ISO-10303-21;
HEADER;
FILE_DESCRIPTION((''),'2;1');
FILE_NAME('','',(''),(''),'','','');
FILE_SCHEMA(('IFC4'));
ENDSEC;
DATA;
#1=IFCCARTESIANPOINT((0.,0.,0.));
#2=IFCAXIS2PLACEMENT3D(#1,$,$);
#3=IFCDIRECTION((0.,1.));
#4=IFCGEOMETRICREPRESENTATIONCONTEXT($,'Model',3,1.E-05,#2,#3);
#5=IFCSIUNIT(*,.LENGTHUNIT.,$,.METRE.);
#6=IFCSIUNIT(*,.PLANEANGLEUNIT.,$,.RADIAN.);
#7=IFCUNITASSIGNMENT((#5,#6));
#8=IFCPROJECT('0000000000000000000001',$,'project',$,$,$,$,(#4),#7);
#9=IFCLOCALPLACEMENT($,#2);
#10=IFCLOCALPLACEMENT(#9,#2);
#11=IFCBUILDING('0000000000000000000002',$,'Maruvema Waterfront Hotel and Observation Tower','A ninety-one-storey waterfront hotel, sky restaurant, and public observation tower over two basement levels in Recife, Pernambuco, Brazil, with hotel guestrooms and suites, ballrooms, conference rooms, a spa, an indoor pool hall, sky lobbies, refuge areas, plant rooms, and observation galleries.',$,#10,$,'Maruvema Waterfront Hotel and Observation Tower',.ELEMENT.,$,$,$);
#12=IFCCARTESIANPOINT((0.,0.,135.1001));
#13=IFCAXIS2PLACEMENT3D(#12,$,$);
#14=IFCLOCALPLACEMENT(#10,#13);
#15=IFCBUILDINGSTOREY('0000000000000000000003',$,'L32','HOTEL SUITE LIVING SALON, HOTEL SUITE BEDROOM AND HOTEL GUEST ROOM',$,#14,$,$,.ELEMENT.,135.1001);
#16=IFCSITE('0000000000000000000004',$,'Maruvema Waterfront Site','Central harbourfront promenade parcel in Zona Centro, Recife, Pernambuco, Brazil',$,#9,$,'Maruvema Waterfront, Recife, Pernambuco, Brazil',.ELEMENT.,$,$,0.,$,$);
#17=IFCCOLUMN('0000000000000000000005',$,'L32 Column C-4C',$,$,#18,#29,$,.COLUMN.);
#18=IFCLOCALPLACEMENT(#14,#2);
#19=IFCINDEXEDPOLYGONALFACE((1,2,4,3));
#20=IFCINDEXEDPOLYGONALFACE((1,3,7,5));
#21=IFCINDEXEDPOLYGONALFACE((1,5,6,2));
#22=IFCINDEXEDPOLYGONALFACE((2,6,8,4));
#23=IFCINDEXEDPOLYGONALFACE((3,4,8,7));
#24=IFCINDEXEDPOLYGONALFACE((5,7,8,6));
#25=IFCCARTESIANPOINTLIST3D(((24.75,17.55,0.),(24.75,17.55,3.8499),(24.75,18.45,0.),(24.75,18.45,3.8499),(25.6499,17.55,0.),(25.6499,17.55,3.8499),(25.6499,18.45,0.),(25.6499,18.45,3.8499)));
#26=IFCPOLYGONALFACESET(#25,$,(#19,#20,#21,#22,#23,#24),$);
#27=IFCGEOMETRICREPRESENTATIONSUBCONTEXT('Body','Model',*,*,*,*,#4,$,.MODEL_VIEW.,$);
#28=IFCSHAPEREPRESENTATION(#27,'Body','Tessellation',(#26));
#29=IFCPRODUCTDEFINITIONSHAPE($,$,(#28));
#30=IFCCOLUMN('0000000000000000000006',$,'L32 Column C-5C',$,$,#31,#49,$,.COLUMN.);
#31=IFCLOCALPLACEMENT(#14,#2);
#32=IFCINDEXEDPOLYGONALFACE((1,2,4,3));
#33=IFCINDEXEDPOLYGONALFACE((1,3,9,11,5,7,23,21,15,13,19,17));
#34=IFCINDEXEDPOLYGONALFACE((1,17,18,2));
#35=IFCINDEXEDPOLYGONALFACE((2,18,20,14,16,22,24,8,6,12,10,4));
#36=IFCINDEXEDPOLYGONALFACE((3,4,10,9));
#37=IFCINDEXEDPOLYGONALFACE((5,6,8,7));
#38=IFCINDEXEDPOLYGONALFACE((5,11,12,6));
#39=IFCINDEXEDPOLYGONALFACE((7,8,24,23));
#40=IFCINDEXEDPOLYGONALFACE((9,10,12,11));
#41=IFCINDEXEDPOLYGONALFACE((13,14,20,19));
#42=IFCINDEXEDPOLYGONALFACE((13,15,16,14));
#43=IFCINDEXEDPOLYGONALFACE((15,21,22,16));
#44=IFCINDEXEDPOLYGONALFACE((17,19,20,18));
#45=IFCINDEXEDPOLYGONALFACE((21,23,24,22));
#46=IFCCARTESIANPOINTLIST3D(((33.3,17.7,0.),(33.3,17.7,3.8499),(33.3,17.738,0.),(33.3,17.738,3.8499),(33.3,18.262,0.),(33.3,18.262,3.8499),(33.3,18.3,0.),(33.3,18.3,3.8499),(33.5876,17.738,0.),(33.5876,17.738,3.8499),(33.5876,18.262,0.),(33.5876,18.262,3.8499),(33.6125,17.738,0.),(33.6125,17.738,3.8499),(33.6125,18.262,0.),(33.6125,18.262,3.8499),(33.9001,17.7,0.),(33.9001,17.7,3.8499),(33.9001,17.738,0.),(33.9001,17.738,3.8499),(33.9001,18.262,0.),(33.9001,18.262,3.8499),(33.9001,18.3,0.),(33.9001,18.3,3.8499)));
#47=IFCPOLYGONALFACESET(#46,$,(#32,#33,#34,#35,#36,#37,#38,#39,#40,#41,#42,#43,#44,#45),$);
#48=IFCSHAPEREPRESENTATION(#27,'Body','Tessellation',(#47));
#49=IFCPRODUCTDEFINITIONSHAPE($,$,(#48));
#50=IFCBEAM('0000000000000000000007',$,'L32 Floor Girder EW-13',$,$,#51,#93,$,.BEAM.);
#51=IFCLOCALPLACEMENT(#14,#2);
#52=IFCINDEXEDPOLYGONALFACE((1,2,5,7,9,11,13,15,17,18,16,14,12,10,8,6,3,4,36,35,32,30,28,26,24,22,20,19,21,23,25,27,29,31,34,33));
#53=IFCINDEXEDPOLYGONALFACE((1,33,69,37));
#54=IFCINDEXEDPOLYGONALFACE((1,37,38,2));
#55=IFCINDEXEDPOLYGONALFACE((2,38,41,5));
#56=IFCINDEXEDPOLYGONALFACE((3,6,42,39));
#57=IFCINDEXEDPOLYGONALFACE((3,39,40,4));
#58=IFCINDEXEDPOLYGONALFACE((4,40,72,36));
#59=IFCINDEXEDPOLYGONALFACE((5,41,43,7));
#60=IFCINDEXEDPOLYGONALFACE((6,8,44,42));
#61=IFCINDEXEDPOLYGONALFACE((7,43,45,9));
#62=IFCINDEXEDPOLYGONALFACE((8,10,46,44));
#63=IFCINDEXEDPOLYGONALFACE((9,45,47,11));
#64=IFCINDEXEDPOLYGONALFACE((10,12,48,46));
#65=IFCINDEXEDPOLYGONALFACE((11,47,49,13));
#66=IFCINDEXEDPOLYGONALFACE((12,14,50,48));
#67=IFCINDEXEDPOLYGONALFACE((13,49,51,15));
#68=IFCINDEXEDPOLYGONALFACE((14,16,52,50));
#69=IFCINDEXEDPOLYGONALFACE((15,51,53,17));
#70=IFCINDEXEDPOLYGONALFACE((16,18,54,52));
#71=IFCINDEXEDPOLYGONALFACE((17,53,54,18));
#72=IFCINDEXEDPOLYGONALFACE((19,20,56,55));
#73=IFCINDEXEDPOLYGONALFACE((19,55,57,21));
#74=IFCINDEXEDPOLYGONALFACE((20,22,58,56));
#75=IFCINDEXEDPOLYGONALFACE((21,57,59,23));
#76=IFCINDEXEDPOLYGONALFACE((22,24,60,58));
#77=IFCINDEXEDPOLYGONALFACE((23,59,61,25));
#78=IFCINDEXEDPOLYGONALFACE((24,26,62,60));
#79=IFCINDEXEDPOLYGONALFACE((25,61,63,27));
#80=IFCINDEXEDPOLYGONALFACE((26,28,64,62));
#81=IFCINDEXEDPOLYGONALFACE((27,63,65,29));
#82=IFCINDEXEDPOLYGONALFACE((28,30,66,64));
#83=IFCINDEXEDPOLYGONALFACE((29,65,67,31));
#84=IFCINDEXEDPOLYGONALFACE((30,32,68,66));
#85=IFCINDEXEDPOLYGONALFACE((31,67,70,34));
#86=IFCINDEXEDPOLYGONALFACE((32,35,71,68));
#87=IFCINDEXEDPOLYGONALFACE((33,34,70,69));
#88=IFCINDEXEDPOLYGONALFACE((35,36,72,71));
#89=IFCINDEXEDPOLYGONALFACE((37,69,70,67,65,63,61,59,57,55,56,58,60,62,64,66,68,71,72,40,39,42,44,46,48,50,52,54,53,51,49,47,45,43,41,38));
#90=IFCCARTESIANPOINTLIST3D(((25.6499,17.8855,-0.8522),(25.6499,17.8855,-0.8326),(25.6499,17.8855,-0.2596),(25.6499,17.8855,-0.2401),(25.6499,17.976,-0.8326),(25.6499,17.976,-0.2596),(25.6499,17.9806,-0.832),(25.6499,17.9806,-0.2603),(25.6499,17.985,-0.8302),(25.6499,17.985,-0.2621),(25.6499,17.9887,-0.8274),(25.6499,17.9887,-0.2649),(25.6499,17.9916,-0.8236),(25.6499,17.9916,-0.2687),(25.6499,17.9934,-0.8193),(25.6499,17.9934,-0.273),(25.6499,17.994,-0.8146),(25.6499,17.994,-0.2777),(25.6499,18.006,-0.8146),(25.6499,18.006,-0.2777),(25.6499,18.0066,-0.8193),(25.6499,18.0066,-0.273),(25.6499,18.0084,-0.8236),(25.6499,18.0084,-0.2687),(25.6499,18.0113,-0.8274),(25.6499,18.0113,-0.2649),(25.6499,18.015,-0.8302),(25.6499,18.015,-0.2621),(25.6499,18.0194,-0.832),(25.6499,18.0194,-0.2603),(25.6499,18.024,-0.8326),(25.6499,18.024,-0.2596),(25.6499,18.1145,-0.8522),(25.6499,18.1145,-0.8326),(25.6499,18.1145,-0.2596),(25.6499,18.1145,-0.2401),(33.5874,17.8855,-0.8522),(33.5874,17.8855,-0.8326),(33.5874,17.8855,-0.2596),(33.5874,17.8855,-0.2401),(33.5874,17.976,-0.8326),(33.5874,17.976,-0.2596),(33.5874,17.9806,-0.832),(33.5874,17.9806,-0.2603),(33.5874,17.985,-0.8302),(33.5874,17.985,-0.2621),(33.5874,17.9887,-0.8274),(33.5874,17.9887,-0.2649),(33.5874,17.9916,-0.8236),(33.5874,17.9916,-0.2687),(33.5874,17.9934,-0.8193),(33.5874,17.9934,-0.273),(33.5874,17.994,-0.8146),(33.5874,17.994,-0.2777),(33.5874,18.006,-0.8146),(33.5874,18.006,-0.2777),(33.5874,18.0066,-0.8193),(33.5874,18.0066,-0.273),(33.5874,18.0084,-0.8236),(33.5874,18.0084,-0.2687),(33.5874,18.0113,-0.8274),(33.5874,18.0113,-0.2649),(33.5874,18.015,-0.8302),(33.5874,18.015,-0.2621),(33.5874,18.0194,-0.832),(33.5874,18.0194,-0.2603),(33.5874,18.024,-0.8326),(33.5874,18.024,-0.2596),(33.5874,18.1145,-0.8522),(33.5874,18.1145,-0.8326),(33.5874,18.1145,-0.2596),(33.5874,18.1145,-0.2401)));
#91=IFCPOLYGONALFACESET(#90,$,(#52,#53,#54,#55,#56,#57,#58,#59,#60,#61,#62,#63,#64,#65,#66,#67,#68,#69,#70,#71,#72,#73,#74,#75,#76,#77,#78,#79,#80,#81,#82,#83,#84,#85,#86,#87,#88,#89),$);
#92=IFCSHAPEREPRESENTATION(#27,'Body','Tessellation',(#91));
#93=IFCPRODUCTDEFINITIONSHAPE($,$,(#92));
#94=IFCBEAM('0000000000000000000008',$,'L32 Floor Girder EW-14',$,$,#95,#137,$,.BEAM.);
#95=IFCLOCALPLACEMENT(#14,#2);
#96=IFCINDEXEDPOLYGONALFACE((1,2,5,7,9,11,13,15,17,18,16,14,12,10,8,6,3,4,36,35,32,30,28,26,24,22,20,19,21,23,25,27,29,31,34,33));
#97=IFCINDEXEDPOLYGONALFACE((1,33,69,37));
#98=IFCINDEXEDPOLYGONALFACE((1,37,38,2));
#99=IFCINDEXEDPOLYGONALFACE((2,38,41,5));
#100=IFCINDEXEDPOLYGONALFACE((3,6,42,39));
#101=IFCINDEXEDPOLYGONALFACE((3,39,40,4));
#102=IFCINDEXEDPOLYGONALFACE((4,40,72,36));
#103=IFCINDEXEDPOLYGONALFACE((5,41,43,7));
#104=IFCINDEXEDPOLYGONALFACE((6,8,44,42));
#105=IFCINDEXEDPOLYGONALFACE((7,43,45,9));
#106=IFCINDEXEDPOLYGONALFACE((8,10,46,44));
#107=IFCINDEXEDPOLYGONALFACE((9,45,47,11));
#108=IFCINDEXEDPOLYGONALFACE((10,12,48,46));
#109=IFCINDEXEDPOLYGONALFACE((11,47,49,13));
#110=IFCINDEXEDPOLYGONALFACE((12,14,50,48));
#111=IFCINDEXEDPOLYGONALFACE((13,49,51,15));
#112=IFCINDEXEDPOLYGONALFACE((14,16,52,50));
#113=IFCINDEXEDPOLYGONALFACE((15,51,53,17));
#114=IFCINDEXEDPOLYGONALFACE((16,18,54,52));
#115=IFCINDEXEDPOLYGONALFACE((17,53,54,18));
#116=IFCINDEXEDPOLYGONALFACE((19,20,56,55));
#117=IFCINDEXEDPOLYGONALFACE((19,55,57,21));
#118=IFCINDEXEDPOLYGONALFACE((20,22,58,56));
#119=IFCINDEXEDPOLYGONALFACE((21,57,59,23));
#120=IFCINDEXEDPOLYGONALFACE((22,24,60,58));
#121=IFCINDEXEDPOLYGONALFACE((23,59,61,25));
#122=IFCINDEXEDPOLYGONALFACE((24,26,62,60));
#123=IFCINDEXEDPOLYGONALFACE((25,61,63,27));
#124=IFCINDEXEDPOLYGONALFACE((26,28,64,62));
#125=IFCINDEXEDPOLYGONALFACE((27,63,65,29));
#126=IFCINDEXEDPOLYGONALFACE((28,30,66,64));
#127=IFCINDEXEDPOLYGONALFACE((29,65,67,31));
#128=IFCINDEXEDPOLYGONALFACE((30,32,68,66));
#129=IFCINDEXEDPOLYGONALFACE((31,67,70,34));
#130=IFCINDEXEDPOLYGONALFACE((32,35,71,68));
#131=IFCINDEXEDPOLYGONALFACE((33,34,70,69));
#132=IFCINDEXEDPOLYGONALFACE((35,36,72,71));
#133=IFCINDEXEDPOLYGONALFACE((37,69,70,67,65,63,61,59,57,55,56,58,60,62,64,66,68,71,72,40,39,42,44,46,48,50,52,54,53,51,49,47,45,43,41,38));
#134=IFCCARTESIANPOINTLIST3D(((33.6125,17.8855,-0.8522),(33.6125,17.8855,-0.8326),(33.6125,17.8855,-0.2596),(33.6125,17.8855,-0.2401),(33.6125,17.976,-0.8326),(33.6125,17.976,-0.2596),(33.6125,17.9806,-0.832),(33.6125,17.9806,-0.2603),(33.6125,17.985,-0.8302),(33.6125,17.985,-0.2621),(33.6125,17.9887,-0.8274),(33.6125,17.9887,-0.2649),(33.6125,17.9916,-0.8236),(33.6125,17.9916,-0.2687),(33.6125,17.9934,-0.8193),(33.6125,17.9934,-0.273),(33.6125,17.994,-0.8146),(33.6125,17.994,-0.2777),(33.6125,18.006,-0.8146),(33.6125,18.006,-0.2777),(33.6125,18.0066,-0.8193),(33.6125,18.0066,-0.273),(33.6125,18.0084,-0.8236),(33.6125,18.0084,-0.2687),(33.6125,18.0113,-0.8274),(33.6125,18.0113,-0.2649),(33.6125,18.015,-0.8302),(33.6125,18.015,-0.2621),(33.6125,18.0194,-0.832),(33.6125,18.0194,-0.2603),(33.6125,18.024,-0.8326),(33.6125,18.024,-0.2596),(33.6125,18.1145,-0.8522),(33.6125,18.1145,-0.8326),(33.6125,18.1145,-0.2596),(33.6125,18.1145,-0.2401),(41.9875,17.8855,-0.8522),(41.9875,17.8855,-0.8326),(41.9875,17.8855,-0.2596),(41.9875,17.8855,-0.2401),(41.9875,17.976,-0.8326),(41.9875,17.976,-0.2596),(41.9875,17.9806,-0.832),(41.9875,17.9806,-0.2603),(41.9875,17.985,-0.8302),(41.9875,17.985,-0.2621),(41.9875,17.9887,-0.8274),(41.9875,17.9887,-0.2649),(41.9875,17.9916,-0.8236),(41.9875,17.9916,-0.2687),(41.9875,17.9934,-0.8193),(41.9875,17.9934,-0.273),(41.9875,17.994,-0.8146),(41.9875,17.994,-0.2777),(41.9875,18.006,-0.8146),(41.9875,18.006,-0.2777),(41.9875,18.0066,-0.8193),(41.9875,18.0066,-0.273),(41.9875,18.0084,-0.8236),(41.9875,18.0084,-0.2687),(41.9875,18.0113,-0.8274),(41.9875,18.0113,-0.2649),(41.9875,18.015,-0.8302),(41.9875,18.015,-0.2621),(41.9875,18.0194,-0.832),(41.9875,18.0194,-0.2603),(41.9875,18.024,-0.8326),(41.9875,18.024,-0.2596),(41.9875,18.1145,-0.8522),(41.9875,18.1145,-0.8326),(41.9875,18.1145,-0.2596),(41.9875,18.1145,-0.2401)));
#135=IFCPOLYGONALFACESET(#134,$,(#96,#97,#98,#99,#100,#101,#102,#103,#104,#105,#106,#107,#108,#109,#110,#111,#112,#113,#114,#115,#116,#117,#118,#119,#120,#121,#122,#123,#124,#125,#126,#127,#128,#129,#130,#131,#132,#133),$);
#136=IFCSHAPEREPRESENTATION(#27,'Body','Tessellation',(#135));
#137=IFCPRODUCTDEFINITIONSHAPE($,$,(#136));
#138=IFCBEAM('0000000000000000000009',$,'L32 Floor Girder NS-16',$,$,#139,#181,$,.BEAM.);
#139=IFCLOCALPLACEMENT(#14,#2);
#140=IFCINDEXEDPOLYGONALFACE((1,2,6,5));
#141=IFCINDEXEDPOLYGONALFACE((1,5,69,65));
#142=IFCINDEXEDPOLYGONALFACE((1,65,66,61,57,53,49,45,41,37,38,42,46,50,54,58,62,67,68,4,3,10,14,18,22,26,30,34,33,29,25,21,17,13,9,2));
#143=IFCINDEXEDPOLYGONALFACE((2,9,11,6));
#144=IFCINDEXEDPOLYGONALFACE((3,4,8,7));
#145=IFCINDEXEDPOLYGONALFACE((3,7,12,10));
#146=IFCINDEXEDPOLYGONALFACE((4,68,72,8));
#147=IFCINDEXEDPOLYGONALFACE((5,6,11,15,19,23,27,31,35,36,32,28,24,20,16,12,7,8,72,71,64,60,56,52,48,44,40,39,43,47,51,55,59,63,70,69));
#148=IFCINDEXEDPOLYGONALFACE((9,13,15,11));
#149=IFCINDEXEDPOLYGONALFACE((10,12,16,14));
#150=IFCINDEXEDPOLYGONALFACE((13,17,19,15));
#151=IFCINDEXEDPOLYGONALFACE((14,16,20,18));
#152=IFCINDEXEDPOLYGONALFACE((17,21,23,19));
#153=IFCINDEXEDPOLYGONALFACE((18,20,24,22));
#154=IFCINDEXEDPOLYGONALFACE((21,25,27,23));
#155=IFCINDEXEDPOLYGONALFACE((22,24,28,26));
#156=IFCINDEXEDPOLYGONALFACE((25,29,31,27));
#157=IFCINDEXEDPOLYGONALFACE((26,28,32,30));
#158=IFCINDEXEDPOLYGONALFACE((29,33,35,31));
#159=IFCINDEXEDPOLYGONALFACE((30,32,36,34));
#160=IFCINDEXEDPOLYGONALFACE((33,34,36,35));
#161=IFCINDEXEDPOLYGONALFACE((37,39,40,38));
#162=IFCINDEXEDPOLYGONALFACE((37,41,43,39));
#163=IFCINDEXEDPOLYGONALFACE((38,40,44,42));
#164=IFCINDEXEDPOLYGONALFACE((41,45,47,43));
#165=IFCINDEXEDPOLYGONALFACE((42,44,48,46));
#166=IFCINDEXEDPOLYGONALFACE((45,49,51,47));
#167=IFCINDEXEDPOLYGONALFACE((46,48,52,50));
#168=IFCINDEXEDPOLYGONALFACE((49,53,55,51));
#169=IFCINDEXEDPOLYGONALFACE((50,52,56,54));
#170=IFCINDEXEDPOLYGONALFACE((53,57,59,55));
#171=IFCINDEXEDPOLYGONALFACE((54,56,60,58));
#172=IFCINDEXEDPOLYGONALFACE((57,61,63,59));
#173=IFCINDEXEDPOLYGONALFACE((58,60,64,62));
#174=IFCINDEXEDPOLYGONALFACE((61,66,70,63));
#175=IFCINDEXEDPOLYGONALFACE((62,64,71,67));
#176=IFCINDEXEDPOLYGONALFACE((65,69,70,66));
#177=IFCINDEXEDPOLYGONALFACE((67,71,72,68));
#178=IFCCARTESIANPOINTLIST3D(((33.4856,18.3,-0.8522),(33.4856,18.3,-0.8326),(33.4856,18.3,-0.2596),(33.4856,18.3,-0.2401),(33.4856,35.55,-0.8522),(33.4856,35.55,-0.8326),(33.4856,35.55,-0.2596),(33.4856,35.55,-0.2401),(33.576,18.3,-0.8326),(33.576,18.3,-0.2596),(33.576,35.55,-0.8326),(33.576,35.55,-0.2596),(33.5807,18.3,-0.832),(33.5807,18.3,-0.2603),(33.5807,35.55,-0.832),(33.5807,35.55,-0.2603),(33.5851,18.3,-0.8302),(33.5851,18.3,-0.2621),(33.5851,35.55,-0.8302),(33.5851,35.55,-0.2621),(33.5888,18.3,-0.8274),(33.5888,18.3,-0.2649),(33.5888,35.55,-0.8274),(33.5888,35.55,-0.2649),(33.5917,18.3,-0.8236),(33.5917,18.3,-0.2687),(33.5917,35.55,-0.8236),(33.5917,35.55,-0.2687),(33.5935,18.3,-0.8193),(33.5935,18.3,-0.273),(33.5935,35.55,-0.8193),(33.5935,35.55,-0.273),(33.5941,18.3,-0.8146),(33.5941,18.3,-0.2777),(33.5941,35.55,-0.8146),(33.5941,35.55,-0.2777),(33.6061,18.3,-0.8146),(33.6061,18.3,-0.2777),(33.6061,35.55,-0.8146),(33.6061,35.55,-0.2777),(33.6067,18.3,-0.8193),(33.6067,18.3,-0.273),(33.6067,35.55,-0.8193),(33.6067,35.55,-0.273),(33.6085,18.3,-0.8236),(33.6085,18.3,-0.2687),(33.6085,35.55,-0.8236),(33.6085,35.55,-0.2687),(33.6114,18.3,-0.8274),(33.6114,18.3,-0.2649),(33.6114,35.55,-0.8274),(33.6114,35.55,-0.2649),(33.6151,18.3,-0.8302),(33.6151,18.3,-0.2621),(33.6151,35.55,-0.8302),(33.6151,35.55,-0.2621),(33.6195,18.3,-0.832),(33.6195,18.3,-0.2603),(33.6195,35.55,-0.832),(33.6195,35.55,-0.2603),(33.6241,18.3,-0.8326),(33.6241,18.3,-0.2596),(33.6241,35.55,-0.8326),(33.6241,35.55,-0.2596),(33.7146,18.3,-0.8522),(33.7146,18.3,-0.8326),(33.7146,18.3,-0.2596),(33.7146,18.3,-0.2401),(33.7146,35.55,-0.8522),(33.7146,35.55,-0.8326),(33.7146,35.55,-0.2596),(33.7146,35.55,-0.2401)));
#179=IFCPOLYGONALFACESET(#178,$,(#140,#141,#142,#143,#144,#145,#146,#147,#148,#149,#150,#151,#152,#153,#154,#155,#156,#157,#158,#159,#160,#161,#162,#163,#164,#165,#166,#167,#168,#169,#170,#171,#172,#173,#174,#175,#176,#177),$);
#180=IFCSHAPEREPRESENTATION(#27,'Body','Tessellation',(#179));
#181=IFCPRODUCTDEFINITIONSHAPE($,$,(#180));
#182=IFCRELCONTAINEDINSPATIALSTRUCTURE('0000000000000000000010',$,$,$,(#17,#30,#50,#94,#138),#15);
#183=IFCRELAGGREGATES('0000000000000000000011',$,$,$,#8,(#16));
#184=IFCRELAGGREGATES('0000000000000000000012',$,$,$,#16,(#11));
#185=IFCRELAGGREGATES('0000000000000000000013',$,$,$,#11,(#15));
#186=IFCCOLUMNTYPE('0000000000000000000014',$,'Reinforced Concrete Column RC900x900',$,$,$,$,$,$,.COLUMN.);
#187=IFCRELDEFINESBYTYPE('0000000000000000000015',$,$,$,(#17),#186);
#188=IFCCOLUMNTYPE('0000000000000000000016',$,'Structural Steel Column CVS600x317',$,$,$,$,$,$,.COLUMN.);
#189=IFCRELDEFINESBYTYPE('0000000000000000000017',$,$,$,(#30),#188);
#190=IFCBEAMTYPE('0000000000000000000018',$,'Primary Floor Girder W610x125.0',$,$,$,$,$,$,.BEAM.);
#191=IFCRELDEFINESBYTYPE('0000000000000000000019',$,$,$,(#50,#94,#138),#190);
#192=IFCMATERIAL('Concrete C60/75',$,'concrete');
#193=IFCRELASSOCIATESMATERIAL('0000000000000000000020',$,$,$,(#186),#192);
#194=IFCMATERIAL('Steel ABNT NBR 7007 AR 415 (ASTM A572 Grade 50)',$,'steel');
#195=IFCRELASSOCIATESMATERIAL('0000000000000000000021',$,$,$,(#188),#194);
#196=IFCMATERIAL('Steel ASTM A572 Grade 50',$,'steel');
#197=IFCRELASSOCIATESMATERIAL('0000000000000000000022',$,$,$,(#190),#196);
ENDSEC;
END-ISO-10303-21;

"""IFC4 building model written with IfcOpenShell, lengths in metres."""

from ifc_helpers import new_model, si_unit, direction, frame, origin, origin_2d, place, context, subcontext, project, spatial, rectangle, i_section, extrude, material, material_profile, profile_set, type_object, element, save


model = new_model("IFC4")

# Units and contexts
model_context = context("Model", 3, precision=1e-05, world=origin(), true_north=direction((0.0, 1.0)))
body_context = subcontext(model_context, "Body", "Model", "MODEL_VIEW")
ifc_project = project(units=[si_unit("LENGTHUNIT", "METRE"), si_unit("PLANEANGLEUNIT", "RADIAN")], contexts=[model_context])

# Site, building, storey
site_placement = place(None, origin())
site = spatial("IfcSite", under=ifc_project, at=site_placement, Name="Maruvema Waterfront Site", Description="Central harbourfront promenade parcel in Zona Centro, Recife, Pernambuco, Brazil", LongName="Maruvema Waterfront, Recife, Pernambuco, Brazil", CompositionType="ELEMENT", RefElevation=0.0)
building_placement = place(site_placement, origin())
building = spatial("IfcBuilding", under=site, at=building_placement, Name="Maruvema Waterfront Hotel and Observation Tower", Description="A ninety-one-storey waterfront hotel, sky restaurant, and public observation tower over two basement levels in Recife, Pernambuco, Brazil, with hotel guestrooms and suites, ballrooms, conference rooms, a spa, an indoor pool hall, sky lobbies, refuge areas, plant rooms, and observation galleries.", LongName="Maruvema Waterfront Hotel and Observation Tower", CompositionType="ELEMENT")
storey_placement = place(building_placement, frame((0.0, 0.0, 135.1001)))
storey = spatial("IfcBuildingStorey", under=building, at=storey_placement, Name="L32", Description="HOTEL SUITE LIVING SALON, HOTEL SUITE BEDROOM AND HOTEL GUEST ROOM", CompositionType="ELEMENT", Elevation=135.1001)

# Columns
ifc_material_1 = material(Name="Concrete C60/75", Category="concrete")
ifc_material_profile_1 = material_profile(ifc_material_1, rectangle(XDim=0.8999, YDim=0.8999, at=origin_2d()), Name="RC900x900")
ifc_profile_set_1 = profile_set([ifc_material_profile_1], Name="Concrete C60/75")
column_type_1 = type_object("IfcColumnType", Name="Reinforced Concrete Column RC900x900", PredefinedType="COLUMN", material=ifc_profile_set_1)
column_1_placement = place(storey_placement, frame((25.2, 18.0, 0.0), z_axis=(0.0, 0.0, 1.0), x_axis=(1.0, 0.0, 0.0)))
element("IfcColumn", 1, at=column_1_placement, inside=storey, type_object=column_type_1, Name="L32 Column C-4C", PredefinedType="COLUMN", context=body_context, shape_type="SweptSolid", body=[
    extrude(rectangle(XDim=0.8999, YDim=0.8999, at=origin_2d()), origin(), (0.0, 0.0, 1.0), 3.8499),
])
ifc_material_2 = material(Name="Steel ABNT NBR 7007 AR 415 (ASTM A572 Grade 50)", Category="steel")
ifc_material_profile_2 = material_profile(ifc_material_2, i_section(OverallWidth=0.6001, OverallDepth=0.6001, WebThickness=0.0249, FlangeThickness=0.0381, at=origin_2d()), Name="CVS600x317")
ifc_profile_set_2 = profile_set([ifc_material_profile_2], Name="Steel ABNT NBR 7007 AR 415 (ASTM A572 Grade 50)")
column_type_2 = type_object("IfcColumnType", Name="Structural Steel Column CVS600x317", PredefinedType="COLUMN", material=ifc_profile_set_2)
column_2_placement = place(storey_placement, frame((33.6001, 18.0, 0.0), z_axis=(0.0, 0.0, 1.0), x_axis=(1.0, 0.0, 0.0)))
element("IfcColumn", 2, at=column_2_placement, inside=storey, type_object=column_type_2, Name="L32 Column C-5C", PredefinedType="COLUMN", context=body_context, shape_type="SweptSolid", body=[
    extrude(i_section(OverallWidth=0.6001, OverallDepth=0.6001, WebThickness=0.0249, FlangeThickness=0.0381, at=origin_2d()), origin(), (0.0, 0.0, 1.0), 3.8499),
])

# Beams
ifc_material_3 = material(Name="Steel ASTM A572 Grade 50", Category="steel")
ifc_material_profile_3 = material_profile(ifc_material_3, i_section(OverallWidth=0.229, OverallDepth=0.6121, WebThickness=0.012, FlangeThickness=0.0195, FilletRadius=0.0181, at=origin_2d()), Name="W610x125.0")
ifc_profile_set_3 = profile_set([ifc_material_profile_3], Name="Steel ASTM A572 Grade 50")
beam_type = type_object("IfcBeamType", Name="Primary Floor Girder W610x125.0", PredefinedType="BEAM", material=ifc_profile_set_3)
beam_1_placement = place(storey_placement, frame((25.6499, 18.0, -0.5461), z_axis=(1.0, 0.0, 0.0), x_axis=(0.0, 1.0, 0.0)))
element("IfcBeam", 3, at=beam_1_placement, inside=storey, type_object=beam_type, Name="L32 Floor Girder EW-13", PredefinedType="BEAM", context=body_context, shape_type="SweptSolid", body=[
    extrude(i_section(OverallWidth=0.229, OverallDepth=0.6121, WebThickness=0.012, FlangeThickness=0.0195, FilletRadius=0.0181, at=origin_2d()), origin(), (0.0, 0.0, 1.0), 7.9375),
])
beam_2_placement = place(storey_placement, frame((33.6125, 18.0, -0.5461), z_axis=(1.0, 0.0, 0.0), x_axis=(0.0, 1.0, 0.0)))
element("IfcBeam", 4, at=beam_2_placement, inside=storey, type_object=beam_type, Name="L32 Floor Girder EW-14", PredefinedType="BEAM", context=body_context, shape_type="SweptSolid", body=[
    extrude(i_section(OverallWidth=0.229, OverallDepth=0.6121, WebThickness=0.012, FlangeThickness=0.0195, FilletRadius=0.0181, at=origin_2d()), origin(), (0.0, 0.0, 1.0), 8.375),
])
beam_3_placement = place(storey_placement, frame((33.6001, 18.3, -0.5461), z_axis=(0.0, 1.0, 0.0), x_axis=(-1.0, 0.0, 0.0)))
element("IfcBeam", 5, at=beam_3_placement, inside=storey, type_object=beam_type, Name="L32 Floor Girder NS-16", PredefinedType="BEAM", context=body_context, shape_type="SweptSolid", body=[
    extrude(i_section(OverallWidth=0.229, OverallDepth=0.6121, WebThickness=0.012, FlangeThickness=0.0195, FilletRadius=0.0181, at=origin_2d()), origin(), (0.0, 0.0, 1.0), 17.25),
])

save(model, "model.ifc")
